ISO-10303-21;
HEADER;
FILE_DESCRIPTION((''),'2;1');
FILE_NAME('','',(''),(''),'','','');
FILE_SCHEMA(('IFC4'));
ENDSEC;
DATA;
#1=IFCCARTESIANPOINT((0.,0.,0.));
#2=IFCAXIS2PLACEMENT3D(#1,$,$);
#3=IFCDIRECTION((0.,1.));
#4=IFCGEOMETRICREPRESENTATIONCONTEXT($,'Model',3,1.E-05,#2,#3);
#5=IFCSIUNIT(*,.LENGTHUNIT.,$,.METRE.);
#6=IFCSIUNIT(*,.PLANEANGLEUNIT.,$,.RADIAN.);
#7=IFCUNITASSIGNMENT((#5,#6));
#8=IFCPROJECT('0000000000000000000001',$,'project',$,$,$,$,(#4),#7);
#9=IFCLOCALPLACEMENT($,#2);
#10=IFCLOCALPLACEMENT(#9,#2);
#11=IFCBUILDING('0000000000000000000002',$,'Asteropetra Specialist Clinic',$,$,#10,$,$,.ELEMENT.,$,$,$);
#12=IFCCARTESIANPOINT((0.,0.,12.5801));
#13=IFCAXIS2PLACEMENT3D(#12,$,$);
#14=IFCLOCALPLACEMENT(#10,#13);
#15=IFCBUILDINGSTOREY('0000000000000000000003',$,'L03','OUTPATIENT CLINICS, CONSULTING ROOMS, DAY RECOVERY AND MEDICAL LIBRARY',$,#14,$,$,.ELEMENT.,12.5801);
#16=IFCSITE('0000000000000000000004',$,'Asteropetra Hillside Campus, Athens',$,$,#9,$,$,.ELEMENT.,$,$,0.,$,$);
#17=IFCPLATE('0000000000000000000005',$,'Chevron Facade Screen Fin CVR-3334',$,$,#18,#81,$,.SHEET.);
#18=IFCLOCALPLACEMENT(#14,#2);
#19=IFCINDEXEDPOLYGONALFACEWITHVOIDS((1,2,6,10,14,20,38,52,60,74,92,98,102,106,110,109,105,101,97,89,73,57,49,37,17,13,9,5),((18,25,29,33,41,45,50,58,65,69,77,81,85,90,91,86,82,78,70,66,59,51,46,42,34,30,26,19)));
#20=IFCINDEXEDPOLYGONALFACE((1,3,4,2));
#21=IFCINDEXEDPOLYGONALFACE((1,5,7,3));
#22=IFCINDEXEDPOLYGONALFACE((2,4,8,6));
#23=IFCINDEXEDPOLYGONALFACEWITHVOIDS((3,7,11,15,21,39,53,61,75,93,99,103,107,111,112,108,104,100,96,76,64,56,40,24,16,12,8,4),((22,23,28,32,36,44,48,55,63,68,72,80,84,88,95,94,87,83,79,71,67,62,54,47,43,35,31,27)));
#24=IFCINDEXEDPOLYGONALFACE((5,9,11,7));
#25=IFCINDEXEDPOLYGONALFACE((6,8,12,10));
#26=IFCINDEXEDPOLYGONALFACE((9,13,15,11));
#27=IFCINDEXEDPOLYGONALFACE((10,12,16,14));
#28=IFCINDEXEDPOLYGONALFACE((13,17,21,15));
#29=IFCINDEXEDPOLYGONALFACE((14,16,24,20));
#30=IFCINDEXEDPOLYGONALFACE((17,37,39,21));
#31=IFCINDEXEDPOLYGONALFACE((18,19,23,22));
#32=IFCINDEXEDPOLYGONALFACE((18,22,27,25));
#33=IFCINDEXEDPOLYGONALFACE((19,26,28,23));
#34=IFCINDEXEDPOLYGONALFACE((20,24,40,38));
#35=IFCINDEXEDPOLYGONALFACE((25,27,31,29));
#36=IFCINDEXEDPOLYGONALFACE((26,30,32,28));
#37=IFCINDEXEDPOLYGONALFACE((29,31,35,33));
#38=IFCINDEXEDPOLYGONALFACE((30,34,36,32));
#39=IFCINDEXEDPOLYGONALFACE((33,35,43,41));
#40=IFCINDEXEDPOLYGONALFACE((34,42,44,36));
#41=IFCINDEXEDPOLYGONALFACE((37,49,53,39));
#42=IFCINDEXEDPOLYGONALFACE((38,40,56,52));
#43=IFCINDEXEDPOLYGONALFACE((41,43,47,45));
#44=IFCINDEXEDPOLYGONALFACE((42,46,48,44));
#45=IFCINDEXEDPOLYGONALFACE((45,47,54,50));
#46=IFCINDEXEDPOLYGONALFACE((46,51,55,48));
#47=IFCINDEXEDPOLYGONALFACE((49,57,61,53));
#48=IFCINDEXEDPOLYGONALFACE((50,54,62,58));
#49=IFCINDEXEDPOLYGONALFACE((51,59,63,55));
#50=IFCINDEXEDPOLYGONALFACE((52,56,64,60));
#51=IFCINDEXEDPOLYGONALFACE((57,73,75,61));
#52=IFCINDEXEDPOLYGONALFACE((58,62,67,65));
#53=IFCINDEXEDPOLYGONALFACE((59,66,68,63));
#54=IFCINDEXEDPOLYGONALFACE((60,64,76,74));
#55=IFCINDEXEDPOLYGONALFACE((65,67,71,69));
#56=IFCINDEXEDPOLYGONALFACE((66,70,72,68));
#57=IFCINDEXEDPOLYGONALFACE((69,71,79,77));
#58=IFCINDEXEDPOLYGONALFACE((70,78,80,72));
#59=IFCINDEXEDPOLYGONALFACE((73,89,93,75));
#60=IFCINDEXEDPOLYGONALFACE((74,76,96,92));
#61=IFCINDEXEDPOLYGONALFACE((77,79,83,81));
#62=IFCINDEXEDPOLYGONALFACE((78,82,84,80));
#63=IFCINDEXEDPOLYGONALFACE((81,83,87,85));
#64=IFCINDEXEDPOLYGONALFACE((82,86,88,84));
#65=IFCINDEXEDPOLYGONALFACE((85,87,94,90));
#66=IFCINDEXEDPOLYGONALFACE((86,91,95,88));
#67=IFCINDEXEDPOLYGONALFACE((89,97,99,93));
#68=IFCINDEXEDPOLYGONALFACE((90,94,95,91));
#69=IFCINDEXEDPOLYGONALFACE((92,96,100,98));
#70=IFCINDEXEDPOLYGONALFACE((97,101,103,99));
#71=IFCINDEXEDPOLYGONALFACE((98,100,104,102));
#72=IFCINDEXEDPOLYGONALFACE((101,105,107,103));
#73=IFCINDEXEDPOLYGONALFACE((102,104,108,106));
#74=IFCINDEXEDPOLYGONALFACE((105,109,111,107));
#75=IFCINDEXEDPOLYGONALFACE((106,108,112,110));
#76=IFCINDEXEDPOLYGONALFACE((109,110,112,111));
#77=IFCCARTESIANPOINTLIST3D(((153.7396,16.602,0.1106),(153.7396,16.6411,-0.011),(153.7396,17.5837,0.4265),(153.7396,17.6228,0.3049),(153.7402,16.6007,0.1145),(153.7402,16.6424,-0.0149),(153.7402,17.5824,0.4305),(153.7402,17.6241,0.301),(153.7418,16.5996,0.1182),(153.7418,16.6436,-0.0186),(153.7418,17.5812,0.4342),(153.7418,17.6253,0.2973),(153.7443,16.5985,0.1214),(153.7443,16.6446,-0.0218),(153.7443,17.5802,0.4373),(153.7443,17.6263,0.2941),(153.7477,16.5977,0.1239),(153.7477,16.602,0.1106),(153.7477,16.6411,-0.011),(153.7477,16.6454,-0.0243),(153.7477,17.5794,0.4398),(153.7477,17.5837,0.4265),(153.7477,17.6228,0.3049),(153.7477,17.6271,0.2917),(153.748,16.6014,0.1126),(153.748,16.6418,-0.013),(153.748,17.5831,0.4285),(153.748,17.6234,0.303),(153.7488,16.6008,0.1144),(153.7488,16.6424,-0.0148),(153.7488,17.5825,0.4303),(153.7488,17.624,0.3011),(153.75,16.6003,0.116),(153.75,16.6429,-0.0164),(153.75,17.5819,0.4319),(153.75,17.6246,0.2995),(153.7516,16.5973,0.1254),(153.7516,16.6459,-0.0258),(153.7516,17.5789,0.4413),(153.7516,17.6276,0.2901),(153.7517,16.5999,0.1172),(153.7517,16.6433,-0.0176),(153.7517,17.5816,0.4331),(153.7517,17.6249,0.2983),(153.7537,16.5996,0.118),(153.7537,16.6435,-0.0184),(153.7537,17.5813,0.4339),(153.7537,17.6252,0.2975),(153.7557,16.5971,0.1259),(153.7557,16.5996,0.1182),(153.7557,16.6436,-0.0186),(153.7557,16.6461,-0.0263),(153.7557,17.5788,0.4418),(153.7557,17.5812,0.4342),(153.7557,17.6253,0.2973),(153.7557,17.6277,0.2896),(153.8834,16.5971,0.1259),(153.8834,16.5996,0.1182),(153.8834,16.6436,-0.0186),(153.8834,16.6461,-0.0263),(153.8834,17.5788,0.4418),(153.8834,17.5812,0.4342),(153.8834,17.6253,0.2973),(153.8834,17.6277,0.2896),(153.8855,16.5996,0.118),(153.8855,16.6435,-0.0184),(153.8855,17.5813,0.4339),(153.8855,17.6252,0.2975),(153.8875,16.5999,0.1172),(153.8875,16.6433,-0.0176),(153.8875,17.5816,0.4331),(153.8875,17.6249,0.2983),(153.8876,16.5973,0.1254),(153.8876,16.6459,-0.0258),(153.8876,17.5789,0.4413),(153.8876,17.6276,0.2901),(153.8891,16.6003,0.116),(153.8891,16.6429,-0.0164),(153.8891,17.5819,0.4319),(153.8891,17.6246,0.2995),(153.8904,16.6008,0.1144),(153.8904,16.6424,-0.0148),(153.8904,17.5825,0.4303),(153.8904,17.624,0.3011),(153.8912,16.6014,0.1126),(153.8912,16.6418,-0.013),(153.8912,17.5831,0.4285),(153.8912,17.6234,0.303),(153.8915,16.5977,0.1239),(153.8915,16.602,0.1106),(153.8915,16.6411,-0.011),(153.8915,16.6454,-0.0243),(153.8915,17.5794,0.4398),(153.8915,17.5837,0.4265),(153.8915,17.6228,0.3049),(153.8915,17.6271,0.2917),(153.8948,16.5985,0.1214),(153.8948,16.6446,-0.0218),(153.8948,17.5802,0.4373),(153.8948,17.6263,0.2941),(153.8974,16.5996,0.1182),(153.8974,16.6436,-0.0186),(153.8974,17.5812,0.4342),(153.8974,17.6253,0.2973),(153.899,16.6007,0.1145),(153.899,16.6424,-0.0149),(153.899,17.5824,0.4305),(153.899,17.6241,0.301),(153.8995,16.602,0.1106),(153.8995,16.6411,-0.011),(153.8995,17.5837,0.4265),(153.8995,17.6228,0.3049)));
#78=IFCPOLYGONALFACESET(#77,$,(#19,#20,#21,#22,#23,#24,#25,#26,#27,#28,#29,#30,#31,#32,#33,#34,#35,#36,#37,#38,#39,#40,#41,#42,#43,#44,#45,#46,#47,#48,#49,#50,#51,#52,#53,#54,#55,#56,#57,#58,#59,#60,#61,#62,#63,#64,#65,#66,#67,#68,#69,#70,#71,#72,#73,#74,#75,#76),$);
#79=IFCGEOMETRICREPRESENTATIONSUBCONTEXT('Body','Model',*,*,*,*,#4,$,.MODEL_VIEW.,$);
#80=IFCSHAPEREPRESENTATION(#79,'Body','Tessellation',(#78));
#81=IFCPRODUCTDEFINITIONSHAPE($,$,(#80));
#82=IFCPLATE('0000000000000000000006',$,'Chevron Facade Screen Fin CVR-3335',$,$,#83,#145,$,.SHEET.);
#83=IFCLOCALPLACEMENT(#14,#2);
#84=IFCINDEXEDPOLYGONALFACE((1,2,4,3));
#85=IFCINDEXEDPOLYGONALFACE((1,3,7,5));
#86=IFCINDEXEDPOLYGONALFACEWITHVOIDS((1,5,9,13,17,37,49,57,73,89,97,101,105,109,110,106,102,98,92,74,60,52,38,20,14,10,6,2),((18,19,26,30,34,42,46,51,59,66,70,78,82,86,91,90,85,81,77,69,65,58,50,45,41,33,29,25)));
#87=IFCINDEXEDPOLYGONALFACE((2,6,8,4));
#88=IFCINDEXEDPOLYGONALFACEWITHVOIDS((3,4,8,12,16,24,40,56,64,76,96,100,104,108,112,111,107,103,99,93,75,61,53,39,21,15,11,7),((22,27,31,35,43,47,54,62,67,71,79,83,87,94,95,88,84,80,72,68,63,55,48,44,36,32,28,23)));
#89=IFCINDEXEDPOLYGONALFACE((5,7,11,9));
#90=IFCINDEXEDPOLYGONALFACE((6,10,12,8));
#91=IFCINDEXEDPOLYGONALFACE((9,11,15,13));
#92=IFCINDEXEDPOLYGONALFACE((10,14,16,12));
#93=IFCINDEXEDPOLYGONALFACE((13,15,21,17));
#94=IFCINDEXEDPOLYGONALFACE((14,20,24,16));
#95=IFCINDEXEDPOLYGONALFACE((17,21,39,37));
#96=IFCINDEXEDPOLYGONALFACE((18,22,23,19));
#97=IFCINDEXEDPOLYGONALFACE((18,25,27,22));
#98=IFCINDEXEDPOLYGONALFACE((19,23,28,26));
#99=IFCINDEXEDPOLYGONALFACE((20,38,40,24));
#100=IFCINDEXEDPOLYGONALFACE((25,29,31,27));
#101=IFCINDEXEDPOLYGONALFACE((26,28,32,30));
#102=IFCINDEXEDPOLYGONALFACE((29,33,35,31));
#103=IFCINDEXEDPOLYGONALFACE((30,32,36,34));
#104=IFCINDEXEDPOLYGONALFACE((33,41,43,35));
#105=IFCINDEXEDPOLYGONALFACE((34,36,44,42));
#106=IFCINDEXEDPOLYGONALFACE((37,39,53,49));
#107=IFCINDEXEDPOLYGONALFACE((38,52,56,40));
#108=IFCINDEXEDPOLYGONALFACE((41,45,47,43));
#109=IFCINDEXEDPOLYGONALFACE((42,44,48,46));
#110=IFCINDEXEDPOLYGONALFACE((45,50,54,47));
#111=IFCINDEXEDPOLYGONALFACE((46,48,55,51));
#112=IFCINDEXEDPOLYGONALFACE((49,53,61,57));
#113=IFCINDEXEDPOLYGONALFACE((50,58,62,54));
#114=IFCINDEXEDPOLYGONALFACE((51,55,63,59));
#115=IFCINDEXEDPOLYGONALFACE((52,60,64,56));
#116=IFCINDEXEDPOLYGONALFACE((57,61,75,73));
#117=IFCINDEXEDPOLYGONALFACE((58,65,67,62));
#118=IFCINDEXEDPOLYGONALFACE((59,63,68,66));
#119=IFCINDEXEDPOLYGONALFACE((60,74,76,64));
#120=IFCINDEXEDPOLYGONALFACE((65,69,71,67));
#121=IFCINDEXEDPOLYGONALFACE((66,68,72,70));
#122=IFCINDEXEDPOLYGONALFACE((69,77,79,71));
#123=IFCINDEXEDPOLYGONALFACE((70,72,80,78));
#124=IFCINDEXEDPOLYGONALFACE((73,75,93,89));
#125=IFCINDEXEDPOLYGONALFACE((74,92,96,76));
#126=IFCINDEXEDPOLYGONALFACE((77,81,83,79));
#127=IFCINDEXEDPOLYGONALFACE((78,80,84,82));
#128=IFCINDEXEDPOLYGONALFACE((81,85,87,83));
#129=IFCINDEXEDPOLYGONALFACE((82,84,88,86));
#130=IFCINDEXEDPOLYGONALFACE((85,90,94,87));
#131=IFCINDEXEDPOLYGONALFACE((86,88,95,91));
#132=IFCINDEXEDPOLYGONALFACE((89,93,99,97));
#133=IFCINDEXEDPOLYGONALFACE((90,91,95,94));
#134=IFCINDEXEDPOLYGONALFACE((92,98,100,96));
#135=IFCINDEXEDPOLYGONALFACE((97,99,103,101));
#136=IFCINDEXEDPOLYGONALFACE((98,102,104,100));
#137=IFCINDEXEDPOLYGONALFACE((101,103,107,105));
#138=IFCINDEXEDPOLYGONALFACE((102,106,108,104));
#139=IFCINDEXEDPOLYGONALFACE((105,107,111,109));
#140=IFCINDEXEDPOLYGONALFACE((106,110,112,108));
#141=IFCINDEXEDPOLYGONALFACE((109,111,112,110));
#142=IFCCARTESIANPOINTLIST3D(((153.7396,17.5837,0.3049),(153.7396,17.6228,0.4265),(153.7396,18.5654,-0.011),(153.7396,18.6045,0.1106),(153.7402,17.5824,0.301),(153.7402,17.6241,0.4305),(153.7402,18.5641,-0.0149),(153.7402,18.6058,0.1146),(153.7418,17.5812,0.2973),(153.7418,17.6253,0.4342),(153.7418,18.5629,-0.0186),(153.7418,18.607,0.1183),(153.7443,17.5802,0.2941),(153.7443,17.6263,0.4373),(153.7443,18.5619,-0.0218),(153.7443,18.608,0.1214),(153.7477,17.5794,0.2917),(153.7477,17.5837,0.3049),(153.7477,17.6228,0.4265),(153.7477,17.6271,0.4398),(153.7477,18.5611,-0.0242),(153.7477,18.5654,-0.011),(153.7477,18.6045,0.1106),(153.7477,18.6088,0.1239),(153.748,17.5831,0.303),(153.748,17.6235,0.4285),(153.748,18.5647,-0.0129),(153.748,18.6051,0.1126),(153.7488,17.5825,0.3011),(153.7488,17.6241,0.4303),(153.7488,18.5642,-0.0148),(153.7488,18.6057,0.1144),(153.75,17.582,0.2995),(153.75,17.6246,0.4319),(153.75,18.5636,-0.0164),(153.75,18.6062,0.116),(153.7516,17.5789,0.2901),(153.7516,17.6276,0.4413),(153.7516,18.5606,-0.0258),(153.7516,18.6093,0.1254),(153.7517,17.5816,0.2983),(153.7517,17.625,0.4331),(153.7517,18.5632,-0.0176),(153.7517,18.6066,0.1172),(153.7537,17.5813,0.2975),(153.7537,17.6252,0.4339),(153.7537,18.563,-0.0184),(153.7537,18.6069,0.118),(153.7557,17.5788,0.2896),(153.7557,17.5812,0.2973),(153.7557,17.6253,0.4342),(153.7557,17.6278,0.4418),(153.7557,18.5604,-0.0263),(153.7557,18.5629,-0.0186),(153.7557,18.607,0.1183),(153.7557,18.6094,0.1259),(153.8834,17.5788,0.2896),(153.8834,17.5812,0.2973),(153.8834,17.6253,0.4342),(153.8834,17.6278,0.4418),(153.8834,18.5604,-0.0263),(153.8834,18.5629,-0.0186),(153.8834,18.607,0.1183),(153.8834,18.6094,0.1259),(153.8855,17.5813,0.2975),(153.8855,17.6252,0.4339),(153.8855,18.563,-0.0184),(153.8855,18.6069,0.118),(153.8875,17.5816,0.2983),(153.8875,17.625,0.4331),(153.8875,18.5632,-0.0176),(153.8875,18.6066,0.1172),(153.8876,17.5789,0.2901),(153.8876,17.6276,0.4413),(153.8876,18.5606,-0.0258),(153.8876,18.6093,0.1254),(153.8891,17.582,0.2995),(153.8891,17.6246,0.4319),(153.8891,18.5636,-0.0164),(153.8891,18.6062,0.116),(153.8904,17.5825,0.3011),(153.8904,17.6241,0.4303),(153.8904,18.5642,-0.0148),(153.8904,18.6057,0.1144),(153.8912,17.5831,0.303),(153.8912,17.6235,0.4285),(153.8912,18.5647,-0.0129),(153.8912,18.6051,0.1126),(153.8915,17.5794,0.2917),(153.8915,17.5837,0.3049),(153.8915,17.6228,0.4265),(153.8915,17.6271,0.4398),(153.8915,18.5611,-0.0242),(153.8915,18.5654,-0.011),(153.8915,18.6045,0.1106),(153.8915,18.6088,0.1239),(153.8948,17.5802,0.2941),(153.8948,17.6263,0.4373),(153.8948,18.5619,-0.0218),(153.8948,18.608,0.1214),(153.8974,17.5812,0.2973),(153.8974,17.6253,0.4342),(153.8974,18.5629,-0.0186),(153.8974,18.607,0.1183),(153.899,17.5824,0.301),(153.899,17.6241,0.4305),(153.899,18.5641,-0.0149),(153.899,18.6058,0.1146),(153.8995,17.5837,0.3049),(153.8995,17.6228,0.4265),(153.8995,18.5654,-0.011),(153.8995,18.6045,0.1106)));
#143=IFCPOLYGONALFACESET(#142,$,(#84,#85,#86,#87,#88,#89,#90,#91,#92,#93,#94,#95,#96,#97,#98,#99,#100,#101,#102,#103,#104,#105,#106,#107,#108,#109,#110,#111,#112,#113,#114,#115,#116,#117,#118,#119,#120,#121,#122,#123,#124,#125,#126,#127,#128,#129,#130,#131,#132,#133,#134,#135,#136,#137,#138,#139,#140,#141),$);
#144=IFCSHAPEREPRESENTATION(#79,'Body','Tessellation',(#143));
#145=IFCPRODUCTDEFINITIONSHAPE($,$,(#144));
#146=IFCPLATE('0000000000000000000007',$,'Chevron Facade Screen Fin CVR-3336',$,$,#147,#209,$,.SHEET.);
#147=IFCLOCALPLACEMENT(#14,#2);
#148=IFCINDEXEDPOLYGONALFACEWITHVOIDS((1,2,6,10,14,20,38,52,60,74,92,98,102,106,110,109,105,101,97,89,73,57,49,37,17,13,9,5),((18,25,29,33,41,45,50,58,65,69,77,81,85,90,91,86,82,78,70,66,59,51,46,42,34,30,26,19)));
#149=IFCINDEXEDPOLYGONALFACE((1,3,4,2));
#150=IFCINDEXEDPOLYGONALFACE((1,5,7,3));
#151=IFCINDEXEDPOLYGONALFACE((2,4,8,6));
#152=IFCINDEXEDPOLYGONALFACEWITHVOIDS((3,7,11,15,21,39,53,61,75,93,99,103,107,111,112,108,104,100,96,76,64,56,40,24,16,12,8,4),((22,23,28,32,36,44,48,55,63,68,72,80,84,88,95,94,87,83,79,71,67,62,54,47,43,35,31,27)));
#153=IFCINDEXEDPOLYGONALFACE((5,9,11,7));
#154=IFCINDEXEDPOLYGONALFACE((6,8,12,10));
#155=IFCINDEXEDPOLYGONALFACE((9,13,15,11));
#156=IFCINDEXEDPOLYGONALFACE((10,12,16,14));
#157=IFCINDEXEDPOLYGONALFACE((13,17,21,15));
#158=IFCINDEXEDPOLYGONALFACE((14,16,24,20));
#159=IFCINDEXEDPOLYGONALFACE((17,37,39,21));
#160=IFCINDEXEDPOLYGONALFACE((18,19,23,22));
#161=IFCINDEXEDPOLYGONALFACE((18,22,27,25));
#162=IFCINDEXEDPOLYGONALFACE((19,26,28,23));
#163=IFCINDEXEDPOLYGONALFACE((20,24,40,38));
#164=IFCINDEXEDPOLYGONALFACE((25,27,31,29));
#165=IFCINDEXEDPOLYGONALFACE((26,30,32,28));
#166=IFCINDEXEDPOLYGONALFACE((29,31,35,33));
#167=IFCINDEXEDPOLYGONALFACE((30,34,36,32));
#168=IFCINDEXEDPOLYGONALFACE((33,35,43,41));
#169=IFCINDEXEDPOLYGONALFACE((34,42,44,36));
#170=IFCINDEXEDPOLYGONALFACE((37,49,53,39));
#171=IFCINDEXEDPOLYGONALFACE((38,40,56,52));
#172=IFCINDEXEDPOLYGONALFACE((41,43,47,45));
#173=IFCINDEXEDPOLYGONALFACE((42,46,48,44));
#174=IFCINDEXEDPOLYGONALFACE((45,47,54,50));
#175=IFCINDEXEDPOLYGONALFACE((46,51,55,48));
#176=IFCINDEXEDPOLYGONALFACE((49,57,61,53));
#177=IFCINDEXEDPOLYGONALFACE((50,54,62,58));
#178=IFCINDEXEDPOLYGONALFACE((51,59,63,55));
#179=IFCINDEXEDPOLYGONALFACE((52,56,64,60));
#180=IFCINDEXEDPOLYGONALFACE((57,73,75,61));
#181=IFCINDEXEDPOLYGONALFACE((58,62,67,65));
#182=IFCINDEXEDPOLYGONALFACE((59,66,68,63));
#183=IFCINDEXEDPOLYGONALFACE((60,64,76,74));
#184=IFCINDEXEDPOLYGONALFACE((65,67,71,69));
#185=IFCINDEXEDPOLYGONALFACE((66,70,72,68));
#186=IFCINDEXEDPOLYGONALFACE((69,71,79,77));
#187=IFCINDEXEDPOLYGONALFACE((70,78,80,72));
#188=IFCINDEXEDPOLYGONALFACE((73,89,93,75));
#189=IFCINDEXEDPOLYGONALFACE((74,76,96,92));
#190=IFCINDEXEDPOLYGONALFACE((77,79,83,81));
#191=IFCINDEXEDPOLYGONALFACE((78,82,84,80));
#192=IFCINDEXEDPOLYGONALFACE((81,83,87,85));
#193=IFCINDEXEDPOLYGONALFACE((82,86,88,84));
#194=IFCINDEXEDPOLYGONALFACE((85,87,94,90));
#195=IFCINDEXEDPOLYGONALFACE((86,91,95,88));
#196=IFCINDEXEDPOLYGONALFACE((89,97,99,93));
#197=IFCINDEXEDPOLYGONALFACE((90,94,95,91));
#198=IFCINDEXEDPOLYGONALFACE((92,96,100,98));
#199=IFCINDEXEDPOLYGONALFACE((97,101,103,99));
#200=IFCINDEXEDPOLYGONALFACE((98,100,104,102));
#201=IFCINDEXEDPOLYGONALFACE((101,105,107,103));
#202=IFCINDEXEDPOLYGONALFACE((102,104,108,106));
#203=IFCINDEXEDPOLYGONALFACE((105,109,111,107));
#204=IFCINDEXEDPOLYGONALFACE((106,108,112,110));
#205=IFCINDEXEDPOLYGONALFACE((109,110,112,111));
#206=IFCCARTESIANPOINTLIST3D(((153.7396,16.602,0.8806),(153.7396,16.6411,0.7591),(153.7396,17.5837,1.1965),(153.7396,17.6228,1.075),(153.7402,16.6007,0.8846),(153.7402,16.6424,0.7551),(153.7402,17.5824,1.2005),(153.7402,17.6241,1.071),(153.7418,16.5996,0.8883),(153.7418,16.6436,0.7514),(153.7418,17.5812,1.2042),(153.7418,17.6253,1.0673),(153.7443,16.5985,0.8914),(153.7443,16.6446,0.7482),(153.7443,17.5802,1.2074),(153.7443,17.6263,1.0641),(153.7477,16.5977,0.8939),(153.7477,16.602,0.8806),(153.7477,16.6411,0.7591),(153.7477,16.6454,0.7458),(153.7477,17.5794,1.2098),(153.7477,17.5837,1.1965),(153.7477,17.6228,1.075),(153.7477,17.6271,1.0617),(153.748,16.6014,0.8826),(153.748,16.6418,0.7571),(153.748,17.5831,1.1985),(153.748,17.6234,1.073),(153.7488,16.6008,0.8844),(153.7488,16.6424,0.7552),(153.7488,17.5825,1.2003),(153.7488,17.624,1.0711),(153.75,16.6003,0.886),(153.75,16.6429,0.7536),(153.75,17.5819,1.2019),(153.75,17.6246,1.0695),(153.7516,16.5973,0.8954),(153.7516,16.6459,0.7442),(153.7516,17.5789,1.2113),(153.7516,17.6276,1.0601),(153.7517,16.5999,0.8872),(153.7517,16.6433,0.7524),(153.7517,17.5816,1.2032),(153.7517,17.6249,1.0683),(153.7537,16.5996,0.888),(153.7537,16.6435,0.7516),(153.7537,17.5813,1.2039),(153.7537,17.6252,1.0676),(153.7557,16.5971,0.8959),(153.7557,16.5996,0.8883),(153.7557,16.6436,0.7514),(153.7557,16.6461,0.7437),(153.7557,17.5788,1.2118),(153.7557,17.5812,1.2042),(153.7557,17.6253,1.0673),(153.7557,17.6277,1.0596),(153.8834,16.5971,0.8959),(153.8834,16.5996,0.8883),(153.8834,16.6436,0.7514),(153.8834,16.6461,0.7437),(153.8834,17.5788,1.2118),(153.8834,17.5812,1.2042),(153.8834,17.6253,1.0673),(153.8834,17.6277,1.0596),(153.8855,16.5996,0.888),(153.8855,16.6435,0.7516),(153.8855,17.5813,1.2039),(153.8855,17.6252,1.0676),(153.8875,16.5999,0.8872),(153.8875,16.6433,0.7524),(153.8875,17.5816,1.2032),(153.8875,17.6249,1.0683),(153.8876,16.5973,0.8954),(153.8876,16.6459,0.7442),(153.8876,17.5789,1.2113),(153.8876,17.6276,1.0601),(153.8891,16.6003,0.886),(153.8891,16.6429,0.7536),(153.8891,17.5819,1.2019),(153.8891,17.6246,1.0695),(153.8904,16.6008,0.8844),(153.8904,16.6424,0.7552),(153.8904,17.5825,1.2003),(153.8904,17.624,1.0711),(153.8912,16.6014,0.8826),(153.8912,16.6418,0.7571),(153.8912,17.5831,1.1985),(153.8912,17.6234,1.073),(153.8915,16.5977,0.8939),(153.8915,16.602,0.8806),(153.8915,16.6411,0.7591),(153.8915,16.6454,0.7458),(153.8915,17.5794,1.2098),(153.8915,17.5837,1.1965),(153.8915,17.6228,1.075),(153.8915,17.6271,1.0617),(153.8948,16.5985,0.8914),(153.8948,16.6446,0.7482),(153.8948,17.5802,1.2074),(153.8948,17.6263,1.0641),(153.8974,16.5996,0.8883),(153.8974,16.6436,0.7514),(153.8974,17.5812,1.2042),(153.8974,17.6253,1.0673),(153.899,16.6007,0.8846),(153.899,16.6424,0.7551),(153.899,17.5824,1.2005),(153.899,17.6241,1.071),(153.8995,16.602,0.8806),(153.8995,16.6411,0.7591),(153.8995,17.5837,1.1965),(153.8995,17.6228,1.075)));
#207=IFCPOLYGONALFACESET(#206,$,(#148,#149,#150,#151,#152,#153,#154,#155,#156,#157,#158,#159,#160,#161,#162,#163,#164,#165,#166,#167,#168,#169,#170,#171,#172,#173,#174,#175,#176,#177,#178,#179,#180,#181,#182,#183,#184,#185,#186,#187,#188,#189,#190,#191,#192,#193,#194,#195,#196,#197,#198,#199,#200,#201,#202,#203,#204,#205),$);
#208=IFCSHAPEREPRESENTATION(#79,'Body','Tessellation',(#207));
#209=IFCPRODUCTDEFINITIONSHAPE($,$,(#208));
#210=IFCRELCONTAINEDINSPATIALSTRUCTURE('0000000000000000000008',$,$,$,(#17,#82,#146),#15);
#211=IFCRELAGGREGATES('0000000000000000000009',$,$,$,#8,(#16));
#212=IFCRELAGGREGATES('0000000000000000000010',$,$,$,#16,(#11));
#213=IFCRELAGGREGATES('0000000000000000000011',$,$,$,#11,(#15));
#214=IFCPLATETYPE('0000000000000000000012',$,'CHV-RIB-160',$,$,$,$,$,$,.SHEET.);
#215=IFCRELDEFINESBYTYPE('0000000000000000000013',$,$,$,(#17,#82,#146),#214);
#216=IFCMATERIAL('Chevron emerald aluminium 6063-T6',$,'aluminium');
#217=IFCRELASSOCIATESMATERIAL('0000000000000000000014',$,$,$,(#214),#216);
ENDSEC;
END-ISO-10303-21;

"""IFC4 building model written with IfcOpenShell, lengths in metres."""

from ifc_helpers import new_model, si_unit, direction, frame, origin, origin_2d, place, context, subcontext, project, spatial, hollow_rectangle, extrude, material, material_profile, profile_set, type_object, element, save


model = new_model("IFC4")

# Units and contexts
model_context = context("Model", 3, precision=1e-05, world=origin(), true_north=direction((0.0, 1.0)))
body_context = subcontext(model_context, "Body", "Model", "MODEL_VIEW")
ifc_project = project(units=[si_unit("LENGTHUNIT", "METRE"), si_unit("PLANEANGLEUNIT", "RADIAN")], contexts=[model_context])

# Site, building, storey
site_placement = place(None, origin())
site = spatial("IfcSite", under=ifc_project, at=site_placement, Name="Asteropetra Hillside Campus, Athens", CompositionType="ELEMENT", RefElevation=0.0)
building_placement = place(site_placement, origin())
building = spatial("IfcBuilding", under=site, at=building_placement, Name="Asteropetra Specialist Clinic", CompositionType="ELEMENT")
storey_placement = place(building_placement, frame((0.0, 0.0, 12.5801)))
storey = spatial("IfcBuildingStorey", under=building, at=storey_placement, Name="L03", Description="OUTPATIENT CLINICS, CONSULTING ROOMS, DAY RECOVERY AND MEDICAL LIBRARY", CompositionType="ELEMENT", Elevation=12.5801)

# Plates
ifc_material_1 = material(Name="Chevron emerald aluminium 6063-T6", Category="aluminium")
ifc_material_profile = material_profile(ifc_material_1, hollow_rectangle(XDim=0.1599, YDim=0.1599, WallThickness=0.0081, InnerFilletRadius=0.0081, OuterFilletRadius=0.0161, at=origin_2d()), Name="SHS 160x160x8.0")
ifc_profile_set = profile_set([ifc_material_profile], Name="Chevron emerald aluminium 6063-T6")
plate_type_1 = type_object("IfcPlateType", Name="CHV-RIB-160", PredefinedType="SHEET", material=ifc_profile_set)
for number, where, z_axis, x_axis, name in (
    (1, (153.8196, 16.6216, 0.0498), (0.0, 0.951923, 0.306339), (-1.0, 0.0, 0.0), "Chevron Facade Screen Fin CVR-3334"),
    (2, (153.8196, 17.6033, 0.3657), (0.0, 0.951923, -0.306339), (-1.0, 0.0, 0.0), "Chevron Facade Screen Fin CVR-3335"),
    (3, (153.8196, 16.6216, 0.8198), (0.0, 0.951923, 0.306339), (-1.0, 0.0, 0.0), "Chevron Facade Screen Fin CVR-3336"),
):
    element("IfcPlate", number, at=place(storey_placement, frame(where, z_axis=z_axis, x_axis=x_axis)), inside=storey, type_object=plate_type_1, Name=name, PredefinedType="SHEET", context=body_context, shape_type="SweptSolid", body=[
        extrude(hollow_rectangle(XDim=0.1599, YDim=0.1599, WallThickness=0.0081, InnerFilletRadius=0.0081, OuterFilletRadius=0.0161, at=origin_2d()), origin(), (0.0, 0.0, 1.0), 1.0312),
    ])

save(model, "model.ifc")
